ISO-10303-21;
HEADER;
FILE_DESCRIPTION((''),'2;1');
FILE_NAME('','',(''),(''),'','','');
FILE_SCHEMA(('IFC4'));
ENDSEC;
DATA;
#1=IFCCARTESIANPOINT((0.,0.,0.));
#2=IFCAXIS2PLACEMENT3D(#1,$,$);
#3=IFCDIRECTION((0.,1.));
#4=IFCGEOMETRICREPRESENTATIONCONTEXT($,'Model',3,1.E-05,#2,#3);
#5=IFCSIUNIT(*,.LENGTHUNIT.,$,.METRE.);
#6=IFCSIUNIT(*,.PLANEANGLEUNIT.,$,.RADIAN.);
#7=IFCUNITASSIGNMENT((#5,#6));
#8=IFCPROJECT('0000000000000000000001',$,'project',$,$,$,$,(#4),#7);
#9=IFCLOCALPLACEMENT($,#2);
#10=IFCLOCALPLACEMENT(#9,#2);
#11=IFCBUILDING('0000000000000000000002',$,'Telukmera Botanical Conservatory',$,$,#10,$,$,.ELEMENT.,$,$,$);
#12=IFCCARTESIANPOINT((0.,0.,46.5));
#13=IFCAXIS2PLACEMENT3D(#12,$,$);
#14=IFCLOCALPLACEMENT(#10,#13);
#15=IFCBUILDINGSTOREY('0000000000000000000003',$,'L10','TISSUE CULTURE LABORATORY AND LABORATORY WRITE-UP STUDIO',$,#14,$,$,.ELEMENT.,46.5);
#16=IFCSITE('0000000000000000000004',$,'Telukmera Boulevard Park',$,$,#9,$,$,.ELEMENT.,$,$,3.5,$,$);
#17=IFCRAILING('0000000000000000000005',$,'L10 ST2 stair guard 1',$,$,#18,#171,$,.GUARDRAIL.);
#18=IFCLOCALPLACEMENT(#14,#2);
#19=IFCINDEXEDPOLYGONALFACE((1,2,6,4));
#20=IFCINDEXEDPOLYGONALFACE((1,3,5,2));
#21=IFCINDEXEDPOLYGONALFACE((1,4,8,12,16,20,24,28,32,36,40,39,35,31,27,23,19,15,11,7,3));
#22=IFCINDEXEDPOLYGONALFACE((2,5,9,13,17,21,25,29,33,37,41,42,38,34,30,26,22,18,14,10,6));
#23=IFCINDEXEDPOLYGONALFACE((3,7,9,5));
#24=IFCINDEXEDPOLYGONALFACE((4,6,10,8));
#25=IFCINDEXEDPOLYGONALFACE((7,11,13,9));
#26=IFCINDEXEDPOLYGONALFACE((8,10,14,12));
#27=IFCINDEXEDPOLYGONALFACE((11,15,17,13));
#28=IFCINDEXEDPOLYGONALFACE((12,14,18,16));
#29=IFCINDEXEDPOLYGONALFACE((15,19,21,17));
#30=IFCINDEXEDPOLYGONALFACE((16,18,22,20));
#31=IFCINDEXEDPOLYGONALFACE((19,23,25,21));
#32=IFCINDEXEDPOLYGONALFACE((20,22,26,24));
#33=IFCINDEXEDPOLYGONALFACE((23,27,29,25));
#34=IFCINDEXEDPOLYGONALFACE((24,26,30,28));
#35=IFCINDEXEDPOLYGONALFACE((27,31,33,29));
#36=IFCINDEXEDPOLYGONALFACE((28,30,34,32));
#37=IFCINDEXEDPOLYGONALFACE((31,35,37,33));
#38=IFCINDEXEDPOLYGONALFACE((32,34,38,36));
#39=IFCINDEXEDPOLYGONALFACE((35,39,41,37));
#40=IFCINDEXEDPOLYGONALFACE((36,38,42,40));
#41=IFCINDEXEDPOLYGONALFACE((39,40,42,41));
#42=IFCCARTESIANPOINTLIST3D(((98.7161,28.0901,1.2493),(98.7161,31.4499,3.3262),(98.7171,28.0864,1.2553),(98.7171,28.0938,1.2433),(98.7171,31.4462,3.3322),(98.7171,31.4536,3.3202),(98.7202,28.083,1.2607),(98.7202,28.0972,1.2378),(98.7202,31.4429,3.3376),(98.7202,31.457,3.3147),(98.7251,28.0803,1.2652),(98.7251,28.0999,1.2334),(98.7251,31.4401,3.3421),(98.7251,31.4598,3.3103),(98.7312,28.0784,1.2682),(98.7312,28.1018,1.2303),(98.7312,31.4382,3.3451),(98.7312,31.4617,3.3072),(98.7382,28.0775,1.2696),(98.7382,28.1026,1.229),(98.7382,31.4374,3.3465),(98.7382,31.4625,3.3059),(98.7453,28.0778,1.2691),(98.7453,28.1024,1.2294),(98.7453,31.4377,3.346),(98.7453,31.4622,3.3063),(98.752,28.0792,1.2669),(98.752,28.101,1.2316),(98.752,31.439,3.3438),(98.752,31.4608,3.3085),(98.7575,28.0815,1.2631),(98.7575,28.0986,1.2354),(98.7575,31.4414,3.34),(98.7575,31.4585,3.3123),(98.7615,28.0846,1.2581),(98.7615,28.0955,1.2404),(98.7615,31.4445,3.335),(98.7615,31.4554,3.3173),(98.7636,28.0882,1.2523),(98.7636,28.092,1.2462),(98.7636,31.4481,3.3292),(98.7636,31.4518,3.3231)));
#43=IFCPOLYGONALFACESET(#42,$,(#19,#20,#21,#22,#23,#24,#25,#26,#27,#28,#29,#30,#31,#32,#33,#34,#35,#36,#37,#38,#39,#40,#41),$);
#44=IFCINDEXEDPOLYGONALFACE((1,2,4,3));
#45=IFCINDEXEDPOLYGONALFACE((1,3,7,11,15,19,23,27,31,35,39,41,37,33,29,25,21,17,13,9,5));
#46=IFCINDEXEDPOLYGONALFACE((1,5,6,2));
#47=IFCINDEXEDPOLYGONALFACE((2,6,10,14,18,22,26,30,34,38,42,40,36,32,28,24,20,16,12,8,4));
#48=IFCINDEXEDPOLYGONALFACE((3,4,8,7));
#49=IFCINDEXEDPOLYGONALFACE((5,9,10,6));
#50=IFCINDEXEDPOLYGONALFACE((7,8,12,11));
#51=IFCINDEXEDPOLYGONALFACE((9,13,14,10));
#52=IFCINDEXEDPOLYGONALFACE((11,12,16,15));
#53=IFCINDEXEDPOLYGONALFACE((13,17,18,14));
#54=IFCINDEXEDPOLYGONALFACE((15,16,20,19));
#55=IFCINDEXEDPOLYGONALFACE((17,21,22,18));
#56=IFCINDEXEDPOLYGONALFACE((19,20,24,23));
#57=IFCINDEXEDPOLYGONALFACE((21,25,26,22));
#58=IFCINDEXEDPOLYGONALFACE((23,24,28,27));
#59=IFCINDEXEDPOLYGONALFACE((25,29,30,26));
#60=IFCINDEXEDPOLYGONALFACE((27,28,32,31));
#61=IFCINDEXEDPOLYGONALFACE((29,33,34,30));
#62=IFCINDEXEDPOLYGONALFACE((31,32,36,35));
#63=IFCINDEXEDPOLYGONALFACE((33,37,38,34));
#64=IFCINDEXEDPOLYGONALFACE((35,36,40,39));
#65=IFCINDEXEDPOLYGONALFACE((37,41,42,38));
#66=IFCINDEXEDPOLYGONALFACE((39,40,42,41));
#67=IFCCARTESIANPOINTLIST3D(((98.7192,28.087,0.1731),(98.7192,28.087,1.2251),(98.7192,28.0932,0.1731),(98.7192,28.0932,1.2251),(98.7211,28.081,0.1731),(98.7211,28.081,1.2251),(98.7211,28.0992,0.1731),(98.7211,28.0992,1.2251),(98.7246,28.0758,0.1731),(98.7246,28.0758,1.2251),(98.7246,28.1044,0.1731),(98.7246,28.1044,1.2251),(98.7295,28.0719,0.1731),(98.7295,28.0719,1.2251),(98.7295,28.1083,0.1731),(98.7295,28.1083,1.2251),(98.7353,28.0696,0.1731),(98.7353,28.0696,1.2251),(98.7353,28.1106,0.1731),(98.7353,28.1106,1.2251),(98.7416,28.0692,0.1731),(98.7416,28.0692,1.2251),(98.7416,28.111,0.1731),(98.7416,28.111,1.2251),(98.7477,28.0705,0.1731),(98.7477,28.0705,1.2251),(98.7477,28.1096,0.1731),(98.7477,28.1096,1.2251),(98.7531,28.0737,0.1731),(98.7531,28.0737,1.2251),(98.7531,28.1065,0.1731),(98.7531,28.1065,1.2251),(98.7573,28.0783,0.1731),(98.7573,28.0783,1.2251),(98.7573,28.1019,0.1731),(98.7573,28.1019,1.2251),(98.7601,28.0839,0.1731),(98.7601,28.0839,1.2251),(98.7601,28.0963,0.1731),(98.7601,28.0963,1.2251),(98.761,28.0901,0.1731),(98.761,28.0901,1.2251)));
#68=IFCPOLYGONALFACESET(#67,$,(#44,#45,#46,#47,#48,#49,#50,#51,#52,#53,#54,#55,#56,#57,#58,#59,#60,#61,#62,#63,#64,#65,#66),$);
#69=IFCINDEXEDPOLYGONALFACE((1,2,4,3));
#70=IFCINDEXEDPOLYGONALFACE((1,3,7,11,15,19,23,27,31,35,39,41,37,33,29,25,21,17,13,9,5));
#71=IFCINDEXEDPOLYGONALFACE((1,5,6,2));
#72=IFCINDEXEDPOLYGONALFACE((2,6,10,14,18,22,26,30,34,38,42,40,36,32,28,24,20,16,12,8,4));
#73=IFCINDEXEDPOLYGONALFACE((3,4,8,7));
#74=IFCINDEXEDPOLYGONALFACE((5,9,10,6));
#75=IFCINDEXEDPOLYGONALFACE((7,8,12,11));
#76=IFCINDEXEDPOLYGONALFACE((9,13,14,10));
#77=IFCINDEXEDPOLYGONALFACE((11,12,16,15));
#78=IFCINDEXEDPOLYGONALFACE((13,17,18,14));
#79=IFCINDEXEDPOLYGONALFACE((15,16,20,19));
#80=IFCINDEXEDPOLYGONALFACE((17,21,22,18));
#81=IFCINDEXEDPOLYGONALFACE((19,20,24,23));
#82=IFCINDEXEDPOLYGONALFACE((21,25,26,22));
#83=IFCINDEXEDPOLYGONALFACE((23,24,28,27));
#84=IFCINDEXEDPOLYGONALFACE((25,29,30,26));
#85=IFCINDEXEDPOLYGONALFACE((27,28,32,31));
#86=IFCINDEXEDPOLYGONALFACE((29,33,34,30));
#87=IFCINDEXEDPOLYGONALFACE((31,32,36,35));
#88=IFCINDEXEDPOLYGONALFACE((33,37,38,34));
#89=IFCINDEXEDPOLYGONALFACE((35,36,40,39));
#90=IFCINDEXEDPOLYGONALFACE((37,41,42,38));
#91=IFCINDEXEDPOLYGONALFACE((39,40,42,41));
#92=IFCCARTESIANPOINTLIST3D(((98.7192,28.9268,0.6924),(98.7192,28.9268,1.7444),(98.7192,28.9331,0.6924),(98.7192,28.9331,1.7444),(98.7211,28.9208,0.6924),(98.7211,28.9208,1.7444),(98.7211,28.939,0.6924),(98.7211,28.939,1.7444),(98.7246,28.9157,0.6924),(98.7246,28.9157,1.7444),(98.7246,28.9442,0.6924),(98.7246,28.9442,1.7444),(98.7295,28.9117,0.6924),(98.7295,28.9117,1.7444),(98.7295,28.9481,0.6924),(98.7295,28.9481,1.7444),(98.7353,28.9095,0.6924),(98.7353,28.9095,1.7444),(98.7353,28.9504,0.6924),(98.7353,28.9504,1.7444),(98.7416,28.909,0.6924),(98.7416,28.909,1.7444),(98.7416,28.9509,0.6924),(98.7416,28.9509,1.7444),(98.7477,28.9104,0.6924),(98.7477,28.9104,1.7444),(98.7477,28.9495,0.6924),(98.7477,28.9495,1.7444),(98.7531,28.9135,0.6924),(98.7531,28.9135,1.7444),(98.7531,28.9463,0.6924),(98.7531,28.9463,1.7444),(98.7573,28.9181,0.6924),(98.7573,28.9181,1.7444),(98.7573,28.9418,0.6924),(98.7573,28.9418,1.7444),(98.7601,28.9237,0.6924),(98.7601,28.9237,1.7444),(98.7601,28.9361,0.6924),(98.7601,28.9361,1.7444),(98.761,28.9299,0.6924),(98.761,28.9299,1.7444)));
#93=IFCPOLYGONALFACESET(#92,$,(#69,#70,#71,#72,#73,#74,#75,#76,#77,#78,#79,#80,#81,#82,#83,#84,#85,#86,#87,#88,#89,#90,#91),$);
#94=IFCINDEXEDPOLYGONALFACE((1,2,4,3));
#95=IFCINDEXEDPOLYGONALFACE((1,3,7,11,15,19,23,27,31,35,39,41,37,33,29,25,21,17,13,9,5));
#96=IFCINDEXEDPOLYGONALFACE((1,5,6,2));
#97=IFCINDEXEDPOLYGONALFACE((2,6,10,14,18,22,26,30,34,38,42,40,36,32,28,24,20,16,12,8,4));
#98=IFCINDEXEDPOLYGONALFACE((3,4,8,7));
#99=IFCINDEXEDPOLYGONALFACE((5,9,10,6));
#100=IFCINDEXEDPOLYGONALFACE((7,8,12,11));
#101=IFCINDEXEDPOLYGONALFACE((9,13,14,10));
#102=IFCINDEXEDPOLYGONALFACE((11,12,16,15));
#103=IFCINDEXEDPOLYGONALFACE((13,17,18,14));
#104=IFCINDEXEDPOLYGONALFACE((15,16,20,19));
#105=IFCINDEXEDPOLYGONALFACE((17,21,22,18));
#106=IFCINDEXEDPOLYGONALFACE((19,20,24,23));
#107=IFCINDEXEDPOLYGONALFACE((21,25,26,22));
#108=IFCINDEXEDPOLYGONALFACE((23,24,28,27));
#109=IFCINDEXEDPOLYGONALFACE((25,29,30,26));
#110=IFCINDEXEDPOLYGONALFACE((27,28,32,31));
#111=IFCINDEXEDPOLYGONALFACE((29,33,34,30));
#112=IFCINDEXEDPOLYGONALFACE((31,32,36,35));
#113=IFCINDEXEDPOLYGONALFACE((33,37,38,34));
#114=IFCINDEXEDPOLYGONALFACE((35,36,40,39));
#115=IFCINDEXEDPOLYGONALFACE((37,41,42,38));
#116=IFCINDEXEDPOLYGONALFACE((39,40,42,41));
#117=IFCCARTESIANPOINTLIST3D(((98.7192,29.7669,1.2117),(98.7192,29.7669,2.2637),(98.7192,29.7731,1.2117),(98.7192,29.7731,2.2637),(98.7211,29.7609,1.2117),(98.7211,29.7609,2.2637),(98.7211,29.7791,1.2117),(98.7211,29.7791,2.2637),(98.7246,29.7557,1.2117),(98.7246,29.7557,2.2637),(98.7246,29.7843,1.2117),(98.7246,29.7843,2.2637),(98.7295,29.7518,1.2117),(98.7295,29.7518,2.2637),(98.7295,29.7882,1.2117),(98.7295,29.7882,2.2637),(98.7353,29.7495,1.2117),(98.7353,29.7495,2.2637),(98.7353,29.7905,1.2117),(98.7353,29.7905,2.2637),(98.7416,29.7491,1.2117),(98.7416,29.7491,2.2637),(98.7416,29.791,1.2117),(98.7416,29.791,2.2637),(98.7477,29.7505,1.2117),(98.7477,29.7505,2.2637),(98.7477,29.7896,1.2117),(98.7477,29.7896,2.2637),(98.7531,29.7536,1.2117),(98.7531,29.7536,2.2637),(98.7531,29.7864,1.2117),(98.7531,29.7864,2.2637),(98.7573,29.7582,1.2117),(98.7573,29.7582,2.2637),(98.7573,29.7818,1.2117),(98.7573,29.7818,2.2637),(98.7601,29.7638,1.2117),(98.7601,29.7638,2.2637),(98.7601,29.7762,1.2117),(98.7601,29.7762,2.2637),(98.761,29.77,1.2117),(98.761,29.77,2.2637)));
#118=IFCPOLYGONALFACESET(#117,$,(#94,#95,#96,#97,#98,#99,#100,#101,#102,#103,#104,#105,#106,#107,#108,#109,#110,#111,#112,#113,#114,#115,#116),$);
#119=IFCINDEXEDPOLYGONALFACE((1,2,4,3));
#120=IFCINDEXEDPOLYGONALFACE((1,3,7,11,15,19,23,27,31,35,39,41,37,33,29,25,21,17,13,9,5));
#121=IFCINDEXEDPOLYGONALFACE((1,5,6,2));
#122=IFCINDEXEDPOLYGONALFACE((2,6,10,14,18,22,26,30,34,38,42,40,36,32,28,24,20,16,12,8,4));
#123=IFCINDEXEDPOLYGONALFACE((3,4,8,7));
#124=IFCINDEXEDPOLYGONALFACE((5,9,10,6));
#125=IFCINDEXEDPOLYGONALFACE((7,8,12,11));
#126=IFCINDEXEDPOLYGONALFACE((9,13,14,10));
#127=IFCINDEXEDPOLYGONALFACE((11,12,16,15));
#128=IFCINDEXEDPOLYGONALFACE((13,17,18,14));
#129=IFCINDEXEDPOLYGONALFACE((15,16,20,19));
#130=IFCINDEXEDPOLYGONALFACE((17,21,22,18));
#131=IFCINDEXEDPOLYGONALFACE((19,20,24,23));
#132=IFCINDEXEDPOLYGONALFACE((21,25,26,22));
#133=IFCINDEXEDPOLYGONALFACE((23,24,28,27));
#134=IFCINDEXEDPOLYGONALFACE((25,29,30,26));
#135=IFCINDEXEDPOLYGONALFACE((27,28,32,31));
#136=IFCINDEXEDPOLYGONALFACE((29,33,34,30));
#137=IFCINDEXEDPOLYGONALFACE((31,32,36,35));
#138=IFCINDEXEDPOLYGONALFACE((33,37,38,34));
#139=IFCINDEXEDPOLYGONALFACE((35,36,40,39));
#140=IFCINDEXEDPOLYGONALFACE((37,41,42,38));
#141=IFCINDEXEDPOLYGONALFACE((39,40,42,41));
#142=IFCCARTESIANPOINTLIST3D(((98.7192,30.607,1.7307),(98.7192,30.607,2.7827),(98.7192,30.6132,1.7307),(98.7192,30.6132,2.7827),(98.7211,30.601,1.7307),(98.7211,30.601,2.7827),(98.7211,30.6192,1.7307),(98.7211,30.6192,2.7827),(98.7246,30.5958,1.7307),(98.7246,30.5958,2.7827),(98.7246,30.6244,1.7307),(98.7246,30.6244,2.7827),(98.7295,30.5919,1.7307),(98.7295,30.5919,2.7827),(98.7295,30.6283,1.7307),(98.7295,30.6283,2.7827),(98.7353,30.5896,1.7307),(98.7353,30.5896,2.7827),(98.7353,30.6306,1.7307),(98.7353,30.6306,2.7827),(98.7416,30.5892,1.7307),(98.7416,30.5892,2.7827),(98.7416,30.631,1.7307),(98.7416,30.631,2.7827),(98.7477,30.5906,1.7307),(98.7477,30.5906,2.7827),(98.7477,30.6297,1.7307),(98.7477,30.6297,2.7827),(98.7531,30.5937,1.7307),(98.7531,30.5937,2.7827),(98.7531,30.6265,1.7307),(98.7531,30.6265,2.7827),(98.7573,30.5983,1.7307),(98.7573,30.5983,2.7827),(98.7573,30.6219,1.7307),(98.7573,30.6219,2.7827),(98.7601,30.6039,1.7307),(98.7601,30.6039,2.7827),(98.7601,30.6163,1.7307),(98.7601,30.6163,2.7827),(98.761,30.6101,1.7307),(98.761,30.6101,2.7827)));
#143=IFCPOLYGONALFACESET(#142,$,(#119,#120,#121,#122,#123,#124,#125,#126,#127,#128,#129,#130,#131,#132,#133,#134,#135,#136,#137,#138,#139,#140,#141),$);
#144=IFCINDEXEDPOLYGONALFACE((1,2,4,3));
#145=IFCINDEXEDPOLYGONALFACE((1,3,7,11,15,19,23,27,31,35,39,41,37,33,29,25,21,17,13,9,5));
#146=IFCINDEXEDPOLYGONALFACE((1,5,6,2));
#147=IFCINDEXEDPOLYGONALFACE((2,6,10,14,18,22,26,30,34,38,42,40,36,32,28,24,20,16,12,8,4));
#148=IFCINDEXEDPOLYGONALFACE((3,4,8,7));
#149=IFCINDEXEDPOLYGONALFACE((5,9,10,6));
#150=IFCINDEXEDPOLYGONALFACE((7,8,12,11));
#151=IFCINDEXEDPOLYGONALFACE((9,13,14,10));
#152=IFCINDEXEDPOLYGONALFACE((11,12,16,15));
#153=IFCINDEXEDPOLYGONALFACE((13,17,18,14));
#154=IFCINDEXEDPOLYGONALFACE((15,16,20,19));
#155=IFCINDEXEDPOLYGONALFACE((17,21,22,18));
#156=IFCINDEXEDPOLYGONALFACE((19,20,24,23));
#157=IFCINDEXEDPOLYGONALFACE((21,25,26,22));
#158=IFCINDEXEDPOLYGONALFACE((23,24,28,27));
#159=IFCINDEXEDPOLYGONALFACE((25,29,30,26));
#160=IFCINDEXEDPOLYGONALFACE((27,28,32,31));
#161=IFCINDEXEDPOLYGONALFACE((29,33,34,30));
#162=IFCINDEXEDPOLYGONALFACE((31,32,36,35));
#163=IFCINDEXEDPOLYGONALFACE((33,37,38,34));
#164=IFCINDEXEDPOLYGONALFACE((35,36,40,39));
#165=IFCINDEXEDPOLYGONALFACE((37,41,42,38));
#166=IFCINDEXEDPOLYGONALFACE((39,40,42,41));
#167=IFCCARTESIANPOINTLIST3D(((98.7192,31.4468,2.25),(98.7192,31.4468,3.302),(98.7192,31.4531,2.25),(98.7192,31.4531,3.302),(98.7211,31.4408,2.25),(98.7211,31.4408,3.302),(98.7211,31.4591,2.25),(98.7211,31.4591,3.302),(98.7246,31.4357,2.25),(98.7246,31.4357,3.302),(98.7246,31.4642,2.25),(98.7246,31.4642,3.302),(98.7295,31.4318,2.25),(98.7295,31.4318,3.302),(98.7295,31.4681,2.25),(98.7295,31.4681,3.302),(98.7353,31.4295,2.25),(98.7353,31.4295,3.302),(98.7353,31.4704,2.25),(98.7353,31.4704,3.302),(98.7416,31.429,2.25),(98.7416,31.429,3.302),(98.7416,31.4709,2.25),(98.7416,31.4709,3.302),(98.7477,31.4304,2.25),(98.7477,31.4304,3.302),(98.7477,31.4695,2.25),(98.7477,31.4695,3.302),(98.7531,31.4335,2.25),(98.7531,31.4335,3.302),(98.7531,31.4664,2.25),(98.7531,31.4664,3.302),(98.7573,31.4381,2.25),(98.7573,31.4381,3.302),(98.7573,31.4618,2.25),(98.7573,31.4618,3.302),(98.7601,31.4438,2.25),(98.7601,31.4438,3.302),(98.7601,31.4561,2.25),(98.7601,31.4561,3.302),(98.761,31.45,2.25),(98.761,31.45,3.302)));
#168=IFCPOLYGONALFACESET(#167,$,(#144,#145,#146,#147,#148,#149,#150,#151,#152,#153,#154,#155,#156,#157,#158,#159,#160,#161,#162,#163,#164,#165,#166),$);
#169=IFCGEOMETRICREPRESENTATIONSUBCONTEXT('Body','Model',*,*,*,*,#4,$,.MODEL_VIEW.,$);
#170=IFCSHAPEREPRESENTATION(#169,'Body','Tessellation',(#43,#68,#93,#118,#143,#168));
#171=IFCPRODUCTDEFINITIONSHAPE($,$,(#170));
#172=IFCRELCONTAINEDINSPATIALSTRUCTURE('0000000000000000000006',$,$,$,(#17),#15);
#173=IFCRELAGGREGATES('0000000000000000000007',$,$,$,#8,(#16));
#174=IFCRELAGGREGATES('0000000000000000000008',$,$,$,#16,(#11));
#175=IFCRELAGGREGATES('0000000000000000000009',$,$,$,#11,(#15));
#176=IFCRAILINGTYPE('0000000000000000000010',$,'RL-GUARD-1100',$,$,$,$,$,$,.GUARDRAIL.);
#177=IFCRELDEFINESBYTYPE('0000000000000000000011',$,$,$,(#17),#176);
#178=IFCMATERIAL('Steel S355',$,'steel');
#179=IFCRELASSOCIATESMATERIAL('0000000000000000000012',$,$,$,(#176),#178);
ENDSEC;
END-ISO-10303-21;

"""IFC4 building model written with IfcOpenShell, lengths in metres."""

from ifc_helpers import new_model, si_unit, direction, frame, origin, origin_2d, place, context, subcontext, project, spatial, circle, extrude, material, type_object, element, save


model = new_model("IFC4")

# Units and contexts
model_context = context("Model", 3, precision=1e-05, world=origin(), true_north=direction((0.0, 1.0)))
body_context = subcontext(model_context, "Body", "Model", "MODEL_VIEW")
ifc_project = project(units=[si_unit("LENGTHUNIT", "METRE"), si_unit("PLANEANGLEUNIT", "RADIAN")], contexts=[model_context])

# Site, building, storey
site_placement = place(None, origin())
site = spatial("IfcSite", under=ifc_project, at=site_placement, Name="Telukmera Boulevard Park", CompositionType="ELEMENT", RefElevation=3.5)
building_placement = place(site_placement, origin())
building = spatial("IfcBuilding", under=site, at=building_placement, Name="Telukmera Botanical Conservatory", CompositionType="ELEMENT")
storey_placement = place(building_placement, frame((0.0, 0.0, 46.5)))
storey = spatial("IfcBuildingStorey", under=building, at=storey_placement, Name="L10", Description="TISSUE CULTURE LABORATORY AND LABORATORY WRITE-UP STUDIO", CompositionType="ELEMENT", Elevation=46.5)

# Railing
ifc_material_1 = material(Name="Steel S355", Category="steel")
railing_type_1 = type_object("IfcRailingType", Name="RL-GUARD-1100", PredefinedType="GUARDRAIL", material=ifc_material_1)
railing_1_placement = place(storey_placement, frame((98.74, 28.0901, 0.1731)))
element("IfcRailing", 1, at=railing_1_placement, inside=storey, type_object=railing_type_1, Name="L10 ST2 stair guard 1", PredefinedType="GUARDRAIL", context=body_context, shape_type="SweptSolid", body=[
    extrude(circle(Radius=0.0239, at=origin_2d()), frame((0.0, 0.0, 1.0762), z_axis=(0.0, 0.850606, 0.525803), x_axis=(-1.0, 0.0, 0.0)), (0.0, 0.0, 1.0), 3.95),
    extrude(circle(Radius=0.021, at=origin_2d()), origin(), (0.0, 0.0, 1.0), 1.052),
    extrude(circle(Radius=0.021, at=origin_2d()), frame((0.0, 0.8398, 0.5193)), (0.0, 0.0, 1.0), 1.052),
    extrude(circle(Radius=0.021, at=origin_2d()), frame((0.0, 1.6799, 1.0386)), (0.0, 0.0, 1.0), 1.052),
    extrude(circle(Radius=0.021, at=origin_2d()), frame((0.0, 2.52, 1.5576)), (0.0, 0.0, 1.0), 1.052),
    extrude(circle(Radius=0.021, at=origin_2d()), frame((0.0, 3.3599, 2.0769)), (0.0, 0.0, 1.0), 1.052),
])

save(model, "model.ifc")
